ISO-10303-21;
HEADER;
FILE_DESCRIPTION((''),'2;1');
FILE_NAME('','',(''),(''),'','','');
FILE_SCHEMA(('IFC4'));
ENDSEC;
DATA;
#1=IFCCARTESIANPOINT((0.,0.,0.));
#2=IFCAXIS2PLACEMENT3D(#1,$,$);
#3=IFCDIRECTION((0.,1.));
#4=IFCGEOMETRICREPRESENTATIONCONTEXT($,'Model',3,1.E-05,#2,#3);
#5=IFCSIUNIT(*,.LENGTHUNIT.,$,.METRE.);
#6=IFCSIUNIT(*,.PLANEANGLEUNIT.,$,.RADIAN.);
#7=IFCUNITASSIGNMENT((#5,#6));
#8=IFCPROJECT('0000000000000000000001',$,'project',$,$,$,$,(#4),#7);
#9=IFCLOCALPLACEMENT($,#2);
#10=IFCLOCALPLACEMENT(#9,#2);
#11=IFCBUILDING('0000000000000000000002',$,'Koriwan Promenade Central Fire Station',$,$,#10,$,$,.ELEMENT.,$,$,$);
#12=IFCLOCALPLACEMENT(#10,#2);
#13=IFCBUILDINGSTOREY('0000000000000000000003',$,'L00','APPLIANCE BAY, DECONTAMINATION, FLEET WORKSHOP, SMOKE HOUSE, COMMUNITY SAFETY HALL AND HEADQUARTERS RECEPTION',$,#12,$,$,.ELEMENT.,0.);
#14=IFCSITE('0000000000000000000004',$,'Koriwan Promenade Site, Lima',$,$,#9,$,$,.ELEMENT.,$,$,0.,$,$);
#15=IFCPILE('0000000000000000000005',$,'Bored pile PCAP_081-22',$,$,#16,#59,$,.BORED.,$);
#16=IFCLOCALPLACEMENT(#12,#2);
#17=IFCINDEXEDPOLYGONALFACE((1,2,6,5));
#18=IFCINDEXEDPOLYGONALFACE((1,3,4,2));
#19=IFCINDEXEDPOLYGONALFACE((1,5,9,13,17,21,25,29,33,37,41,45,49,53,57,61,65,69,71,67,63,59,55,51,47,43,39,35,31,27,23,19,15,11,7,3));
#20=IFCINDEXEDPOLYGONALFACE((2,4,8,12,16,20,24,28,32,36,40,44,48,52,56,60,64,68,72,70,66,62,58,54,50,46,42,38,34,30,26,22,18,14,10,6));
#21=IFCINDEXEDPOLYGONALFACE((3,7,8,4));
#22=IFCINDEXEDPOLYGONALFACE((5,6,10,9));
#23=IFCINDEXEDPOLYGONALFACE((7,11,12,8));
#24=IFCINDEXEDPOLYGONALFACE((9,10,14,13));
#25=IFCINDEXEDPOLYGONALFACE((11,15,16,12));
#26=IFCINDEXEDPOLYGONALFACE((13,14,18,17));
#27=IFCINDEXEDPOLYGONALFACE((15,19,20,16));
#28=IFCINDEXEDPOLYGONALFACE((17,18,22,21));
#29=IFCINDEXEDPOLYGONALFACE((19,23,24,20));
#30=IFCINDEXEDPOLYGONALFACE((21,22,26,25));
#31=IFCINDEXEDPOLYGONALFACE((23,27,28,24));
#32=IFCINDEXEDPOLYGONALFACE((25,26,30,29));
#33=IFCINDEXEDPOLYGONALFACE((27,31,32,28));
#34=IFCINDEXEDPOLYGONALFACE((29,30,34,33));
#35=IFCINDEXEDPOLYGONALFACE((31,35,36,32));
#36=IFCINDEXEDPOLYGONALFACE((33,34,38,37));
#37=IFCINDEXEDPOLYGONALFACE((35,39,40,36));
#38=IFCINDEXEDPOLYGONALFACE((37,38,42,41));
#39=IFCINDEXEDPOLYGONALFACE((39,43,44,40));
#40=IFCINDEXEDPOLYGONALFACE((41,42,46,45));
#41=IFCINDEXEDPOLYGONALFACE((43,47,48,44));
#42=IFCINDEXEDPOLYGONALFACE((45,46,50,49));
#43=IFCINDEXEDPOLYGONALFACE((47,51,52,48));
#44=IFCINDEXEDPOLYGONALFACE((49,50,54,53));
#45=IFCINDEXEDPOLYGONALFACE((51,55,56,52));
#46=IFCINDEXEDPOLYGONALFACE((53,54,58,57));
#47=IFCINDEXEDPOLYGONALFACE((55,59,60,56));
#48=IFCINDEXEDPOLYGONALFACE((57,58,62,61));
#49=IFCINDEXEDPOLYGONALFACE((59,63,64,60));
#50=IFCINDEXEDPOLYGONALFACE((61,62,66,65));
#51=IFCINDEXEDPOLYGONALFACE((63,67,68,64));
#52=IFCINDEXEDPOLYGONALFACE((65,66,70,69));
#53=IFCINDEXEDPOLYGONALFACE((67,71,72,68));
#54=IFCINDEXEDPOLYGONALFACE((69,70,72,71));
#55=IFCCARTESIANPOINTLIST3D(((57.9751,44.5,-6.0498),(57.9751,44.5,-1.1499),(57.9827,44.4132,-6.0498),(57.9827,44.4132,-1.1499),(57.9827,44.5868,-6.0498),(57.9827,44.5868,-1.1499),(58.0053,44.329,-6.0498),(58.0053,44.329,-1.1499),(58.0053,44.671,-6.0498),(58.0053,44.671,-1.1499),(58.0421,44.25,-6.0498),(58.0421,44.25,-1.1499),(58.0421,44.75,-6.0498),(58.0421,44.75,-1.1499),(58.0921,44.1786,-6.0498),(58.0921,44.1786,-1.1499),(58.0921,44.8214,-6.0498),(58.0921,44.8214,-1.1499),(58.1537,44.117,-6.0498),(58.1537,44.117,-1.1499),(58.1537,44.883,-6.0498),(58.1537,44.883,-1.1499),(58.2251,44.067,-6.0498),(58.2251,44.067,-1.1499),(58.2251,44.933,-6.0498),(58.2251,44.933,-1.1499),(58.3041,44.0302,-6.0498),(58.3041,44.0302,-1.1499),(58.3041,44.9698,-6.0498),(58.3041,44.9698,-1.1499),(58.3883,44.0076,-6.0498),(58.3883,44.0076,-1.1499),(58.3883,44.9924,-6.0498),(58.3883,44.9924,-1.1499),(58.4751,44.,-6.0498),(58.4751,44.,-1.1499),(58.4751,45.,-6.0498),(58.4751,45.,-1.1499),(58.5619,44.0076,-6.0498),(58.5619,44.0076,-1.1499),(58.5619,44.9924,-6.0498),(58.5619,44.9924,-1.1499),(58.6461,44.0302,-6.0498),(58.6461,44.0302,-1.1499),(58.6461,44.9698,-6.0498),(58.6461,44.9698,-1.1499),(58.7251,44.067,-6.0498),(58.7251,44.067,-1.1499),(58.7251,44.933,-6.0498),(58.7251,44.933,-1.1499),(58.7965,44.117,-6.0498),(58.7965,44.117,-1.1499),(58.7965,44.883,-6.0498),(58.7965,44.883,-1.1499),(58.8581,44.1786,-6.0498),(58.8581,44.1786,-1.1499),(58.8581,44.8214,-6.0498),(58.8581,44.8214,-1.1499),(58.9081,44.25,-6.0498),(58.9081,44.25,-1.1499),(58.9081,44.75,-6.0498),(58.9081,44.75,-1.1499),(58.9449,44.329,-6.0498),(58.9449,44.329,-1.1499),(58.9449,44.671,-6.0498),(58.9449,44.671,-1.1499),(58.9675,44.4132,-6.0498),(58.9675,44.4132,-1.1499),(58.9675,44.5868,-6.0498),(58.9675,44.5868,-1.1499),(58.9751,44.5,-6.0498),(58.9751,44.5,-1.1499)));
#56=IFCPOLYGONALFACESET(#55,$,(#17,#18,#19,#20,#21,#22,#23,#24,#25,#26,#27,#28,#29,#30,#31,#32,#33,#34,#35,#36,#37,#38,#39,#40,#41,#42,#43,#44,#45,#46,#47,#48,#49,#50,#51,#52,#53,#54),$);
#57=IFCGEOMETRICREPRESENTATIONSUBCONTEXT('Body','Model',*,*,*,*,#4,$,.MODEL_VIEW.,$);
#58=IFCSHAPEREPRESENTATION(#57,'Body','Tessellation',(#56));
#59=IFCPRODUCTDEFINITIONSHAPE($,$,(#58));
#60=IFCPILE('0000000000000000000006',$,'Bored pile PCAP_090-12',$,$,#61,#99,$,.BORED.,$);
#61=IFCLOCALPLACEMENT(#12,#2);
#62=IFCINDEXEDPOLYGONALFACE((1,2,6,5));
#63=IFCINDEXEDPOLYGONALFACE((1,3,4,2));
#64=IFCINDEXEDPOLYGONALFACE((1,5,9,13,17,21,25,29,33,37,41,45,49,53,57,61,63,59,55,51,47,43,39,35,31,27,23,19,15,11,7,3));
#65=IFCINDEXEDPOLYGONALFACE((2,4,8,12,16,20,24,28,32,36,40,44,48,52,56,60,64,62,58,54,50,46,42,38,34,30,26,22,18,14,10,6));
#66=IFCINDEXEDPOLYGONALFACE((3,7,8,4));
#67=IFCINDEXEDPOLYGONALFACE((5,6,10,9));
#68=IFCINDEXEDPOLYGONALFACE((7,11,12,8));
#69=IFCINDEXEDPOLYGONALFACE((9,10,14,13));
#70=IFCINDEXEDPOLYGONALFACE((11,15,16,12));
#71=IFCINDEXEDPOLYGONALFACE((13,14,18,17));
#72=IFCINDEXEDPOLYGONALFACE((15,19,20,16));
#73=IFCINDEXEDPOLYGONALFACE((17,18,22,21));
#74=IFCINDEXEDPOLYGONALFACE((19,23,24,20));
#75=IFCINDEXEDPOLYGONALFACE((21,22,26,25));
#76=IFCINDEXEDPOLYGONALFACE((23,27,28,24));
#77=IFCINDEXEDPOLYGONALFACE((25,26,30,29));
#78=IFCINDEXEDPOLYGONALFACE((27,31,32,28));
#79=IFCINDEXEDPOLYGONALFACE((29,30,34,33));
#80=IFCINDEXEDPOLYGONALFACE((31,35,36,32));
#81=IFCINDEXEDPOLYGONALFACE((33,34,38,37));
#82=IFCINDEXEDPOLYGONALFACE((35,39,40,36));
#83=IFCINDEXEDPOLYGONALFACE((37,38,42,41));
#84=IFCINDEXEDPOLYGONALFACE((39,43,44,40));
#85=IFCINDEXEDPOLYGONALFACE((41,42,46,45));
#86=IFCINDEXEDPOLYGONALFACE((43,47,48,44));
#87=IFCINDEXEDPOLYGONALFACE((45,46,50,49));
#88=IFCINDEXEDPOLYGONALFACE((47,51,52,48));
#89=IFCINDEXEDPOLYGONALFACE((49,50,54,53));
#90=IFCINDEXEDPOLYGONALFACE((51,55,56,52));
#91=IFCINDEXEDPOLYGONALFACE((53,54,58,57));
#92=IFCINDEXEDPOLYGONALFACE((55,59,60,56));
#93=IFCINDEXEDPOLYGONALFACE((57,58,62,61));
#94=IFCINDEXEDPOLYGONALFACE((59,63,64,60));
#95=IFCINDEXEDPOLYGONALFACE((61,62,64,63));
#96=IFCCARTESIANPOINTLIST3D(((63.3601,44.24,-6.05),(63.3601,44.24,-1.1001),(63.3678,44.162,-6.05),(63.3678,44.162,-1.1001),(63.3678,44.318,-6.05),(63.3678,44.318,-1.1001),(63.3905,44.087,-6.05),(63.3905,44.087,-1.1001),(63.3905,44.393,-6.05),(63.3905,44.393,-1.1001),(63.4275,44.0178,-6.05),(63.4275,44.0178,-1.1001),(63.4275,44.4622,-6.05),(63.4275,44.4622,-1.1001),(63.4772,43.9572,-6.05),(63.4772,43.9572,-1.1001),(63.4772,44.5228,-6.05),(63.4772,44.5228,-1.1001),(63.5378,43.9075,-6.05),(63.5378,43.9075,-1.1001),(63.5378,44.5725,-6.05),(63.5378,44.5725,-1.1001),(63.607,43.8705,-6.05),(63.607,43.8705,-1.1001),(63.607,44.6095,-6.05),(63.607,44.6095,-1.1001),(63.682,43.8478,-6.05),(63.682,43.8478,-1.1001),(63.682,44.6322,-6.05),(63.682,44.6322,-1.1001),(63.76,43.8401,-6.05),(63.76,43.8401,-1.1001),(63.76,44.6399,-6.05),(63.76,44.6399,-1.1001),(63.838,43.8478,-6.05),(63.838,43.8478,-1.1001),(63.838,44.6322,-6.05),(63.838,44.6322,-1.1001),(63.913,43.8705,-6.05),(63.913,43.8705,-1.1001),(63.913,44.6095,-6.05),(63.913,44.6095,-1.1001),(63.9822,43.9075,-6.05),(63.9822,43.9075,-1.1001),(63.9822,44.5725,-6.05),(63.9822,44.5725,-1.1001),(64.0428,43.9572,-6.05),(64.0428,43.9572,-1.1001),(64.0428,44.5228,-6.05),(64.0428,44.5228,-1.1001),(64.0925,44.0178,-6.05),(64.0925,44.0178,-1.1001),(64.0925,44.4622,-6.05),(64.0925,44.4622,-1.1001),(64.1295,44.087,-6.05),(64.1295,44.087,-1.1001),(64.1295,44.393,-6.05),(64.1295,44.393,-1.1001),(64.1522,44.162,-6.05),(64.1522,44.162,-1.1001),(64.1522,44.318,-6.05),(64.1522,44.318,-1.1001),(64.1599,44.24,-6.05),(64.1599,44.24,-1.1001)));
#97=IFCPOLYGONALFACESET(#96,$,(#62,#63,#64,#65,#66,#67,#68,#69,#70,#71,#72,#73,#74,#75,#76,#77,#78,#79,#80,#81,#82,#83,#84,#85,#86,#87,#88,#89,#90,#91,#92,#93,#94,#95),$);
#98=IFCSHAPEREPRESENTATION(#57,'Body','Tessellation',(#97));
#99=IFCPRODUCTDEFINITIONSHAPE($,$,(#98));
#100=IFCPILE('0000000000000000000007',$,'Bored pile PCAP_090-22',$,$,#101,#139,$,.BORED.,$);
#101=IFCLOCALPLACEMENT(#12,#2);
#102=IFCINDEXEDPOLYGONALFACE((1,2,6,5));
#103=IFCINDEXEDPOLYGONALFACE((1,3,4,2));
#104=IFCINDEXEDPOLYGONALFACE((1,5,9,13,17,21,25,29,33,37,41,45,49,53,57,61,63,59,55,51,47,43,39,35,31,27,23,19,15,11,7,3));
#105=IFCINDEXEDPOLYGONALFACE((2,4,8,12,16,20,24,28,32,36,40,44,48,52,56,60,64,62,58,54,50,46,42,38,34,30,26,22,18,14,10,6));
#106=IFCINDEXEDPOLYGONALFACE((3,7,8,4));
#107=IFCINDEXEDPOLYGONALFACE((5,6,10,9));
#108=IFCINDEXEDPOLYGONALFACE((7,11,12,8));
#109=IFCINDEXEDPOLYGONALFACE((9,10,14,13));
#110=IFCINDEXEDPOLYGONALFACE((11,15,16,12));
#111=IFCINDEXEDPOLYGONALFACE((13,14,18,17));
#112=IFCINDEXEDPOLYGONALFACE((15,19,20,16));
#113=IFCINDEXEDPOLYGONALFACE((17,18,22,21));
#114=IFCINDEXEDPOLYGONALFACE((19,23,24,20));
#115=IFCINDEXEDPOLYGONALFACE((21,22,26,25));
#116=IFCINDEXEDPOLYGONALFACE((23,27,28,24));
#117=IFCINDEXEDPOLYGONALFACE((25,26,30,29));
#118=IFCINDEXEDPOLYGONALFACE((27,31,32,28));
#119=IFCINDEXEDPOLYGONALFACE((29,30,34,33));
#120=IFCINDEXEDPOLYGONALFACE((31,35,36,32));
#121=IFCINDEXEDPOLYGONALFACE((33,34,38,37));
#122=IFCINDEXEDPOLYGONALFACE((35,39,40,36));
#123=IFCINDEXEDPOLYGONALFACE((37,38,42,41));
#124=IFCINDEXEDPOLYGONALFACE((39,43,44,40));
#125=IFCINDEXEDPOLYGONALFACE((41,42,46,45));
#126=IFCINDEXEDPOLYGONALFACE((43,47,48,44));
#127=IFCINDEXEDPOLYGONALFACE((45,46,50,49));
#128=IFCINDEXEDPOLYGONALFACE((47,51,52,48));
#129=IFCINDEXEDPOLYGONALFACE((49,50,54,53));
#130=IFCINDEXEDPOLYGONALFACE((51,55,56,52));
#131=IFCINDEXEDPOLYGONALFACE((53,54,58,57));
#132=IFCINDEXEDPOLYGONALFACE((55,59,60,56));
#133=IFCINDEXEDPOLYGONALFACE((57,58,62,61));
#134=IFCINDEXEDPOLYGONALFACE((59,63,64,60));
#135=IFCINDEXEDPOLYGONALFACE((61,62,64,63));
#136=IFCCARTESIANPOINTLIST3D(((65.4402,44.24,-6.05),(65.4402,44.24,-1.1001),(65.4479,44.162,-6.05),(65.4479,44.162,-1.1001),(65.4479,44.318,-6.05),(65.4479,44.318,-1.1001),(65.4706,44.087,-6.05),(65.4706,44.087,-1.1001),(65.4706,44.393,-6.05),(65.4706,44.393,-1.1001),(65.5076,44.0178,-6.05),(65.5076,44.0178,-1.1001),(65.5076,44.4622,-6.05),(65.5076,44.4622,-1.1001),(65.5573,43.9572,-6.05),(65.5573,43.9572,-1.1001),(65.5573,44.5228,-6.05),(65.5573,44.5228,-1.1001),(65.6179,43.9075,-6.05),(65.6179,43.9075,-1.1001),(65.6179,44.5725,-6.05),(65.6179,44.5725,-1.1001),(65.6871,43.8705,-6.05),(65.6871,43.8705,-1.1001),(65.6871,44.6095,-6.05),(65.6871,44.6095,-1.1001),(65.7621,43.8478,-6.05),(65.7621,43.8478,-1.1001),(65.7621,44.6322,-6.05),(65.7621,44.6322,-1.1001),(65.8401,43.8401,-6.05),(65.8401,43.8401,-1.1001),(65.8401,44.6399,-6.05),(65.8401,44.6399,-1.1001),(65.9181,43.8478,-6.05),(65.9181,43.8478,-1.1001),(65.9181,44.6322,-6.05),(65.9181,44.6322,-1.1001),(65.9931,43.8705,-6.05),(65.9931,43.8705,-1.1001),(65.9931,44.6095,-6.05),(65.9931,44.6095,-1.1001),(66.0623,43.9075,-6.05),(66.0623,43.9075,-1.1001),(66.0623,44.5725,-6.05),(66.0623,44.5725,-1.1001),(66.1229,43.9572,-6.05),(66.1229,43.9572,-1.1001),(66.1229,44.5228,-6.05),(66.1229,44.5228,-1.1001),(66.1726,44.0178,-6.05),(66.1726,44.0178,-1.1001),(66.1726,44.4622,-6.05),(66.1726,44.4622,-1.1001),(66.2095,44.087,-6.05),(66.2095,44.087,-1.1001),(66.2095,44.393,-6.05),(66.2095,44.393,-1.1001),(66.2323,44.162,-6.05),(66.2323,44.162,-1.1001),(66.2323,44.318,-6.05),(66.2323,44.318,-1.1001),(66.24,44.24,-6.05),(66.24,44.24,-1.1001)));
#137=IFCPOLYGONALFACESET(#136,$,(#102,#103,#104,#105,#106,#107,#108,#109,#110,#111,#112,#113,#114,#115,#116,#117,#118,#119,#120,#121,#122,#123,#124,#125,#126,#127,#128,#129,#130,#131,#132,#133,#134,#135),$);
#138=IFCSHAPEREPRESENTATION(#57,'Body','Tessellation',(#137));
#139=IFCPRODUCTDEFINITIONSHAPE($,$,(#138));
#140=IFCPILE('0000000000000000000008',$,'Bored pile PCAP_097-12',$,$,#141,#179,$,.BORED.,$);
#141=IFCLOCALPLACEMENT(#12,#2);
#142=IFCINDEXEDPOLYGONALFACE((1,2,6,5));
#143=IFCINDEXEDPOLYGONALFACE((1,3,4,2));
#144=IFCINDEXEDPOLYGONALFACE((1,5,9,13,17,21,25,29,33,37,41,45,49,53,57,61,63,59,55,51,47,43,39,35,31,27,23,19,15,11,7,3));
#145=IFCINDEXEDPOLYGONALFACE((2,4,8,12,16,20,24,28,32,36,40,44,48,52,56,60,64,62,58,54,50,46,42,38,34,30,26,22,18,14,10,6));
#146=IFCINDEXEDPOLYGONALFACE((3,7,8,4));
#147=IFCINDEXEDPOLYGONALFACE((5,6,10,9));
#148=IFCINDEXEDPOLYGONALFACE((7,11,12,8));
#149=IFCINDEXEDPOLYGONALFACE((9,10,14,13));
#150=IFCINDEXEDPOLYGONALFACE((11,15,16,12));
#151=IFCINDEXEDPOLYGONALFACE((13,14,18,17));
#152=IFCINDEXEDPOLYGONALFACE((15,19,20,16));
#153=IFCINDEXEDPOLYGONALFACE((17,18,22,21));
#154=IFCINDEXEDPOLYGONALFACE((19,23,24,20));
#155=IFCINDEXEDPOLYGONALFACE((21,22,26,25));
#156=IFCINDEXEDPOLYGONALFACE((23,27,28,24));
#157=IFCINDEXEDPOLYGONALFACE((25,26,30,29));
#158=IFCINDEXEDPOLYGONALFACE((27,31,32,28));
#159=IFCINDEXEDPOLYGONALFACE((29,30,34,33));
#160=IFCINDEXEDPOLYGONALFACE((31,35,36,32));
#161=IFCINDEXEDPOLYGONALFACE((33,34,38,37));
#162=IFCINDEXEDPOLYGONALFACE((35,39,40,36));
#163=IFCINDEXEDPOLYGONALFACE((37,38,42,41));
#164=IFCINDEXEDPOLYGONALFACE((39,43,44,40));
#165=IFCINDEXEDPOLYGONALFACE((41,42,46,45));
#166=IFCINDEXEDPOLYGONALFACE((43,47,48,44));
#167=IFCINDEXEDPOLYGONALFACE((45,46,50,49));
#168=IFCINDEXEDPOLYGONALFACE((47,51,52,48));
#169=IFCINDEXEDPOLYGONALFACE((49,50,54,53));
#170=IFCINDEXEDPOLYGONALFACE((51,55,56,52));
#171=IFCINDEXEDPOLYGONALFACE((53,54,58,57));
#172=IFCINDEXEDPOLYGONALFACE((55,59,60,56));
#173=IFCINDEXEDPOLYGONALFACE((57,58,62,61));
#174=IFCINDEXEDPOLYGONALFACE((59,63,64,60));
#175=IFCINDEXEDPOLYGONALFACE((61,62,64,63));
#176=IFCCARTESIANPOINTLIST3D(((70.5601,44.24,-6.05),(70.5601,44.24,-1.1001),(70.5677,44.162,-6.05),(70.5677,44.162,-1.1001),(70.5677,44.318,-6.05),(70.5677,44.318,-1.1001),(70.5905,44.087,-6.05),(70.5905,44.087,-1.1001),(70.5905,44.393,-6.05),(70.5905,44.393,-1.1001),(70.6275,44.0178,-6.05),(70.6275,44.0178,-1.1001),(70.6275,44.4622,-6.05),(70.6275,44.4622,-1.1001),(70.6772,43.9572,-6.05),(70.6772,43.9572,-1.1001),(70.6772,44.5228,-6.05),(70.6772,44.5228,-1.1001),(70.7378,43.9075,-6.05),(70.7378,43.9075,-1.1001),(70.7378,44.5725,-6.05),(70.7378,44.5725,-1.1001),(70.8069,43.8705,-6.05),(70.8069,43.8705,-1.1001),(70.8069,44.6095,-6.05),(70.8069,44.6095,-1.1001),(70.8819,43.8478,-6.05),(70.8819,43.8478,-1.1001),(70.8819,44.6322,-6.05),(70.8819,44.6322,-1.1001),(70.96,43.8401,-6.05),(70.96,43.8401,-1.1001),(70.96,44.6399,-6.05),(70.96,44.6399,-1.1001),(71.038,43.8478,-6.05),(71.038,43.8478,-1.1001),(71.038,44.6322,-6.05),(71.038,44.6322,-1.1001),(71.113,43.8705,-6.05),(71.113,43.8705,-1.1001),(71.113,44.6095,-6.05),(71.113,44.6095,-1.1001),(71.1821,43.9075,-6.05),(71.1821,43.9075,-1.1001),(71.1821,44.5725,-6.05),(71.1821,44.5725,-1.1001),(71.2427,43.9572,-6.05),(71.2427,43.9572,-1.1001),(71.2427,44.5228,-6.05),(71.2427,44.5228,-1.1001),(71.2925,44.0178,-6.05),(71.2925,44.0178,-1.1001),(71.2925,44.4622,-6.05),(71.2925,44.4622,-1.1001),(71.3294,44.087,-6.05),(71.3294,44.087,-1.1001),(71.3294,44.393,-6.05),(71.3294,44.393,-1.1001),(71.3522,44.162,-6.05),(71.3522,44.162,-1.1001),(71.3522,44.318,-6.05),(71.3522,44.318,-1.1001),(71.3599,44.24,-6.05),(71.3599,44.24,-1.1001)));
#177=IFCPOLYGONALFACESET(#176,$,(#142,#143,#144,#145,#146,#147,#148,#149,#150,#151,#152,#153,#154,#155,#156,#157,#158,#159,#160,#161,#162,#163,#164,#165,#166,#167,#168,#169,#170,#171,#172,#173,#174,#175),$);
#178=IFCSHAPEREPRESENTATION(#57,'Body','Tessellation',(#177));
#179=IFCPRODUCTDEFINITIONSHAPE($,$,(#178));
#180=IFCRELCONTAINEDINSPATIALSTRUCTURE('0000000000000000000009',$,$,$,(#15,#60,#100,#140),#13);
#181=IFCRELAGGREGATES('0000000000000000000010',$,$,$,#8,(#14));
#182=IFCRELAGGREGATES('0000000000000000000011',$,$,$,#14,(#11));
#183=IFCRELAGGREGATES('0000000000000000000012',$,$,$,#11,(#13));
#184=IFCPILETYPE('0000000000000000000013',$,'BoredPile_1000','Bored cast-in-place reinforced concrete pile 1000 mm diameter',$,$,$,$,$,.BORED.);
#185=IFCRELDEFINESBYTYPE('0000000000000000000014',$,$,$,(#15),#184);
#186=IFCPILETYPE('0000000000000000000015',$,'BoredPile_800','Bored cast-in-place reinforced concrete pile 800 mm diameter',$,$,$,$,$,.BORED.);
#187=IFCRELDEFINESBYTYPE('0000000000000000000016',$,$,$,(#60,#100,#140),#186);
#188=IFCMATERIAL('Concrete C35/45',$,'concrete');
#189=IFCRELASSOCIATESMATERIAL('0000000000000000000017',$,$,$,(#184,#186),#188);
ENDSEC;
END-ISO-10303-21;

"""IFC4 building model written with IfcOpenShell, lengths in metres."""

from ifc_helpers import new_model, si_unit, direction, frame, origin, origin_2d, place, context, subcontext, project, spatial, circle, extrude, material, material_profile, profile_set, type_object, element, save


model = new_model("IFC4")

# Units and contexts
model_context = context("Model", 3, precision=1e-05, world=origin(), true_north=direction((0.0, 1.0)))
body_context = subcontext(model_context, "Body", "Model", "MODEL_VIEW")
ifc_project = project(units=[si_unit("LENGTHUNIT", "METRE"), si_unit("PLANEANGLEUNIT", "RADIAN")], contexts=[model_context])

# Site, building, storey
site_placement = place(None, origin())
site = spatial("IfcSite", under=ifc_project, at=site_placement, Name="Koriwan Promenade Site, Lima", CompositionType="ELEMENT", RefElevation=0.0)
building_placement = place(site_placement, origin())
building = spatial("IfcBuilding", under=site, at=building_placement, Name="Koriwan Promenade Central Fire Station", CompositionType="ELEMENT")
storey_placement = place(building_placement, origin())
storey = spatial("IfcBuildingStorey", under=building, at=storey_placement, Name="L00", Description="APPLIANCE BAY, DECONTAMINATION, FLEET WORKSHOP, SMOKE HOUSE, COMMUNITY SAFETY HALL AND HEADQUARTERS RECEPTION", CompositionType="ELEMENT", Elevation=0.0)

# Piles
ifc_material_1 = material(Name="Concrete C35/45", Category="concrete")
ifc_material_profile_1 = material_profile(ifc_material_1, circle(Radius=0.5, at=origin_2d()), Name="PILE-D1000")
ifc_profile_set_1 = profile_set([ifc_material_profile_1], Name="Concrete C35/45")
pile_type_1 = type_object("IfcPileType", Name="BoredPile_1000", Description="Bored cast-in-place reinforced concrete pile 1000 mm diameter", PredefinedType="BORED", material=ifc_profile_set_1)
pile_placement = place(storey_placement, frame((58.4751, 44.5, -1.1499), z_axis=(0.0, 0.0, -1.0), x_axis=(1.0, 0.0, 0.0)))
element("IfcPile", 1, at=pile_placement, inside=storey, type_object=pile_type_1, Name="Bored pile PCAP_081-22", PredefinedType="BORED", context=body_context, shape_type="SweptSolid", body=[
    extrude(circle(Radius=0.5, at=origin_2d()), origin(), (0.0, 0.0, 1.0), 4.8999),
])
ifc_material_profile_2 = material_profile(ifc_material_1, circle(Radius=0.3999, at=origin_2d()), Name="PILE-D800")
ifc_profile_set_2 = profile_set([ifc_material_profile_2], Name="Concrete C35/45")
pile_type_2 = type_object("IfcPileType", Name="BoredPile_800", Description="Bored cast-in-place reinforced concrete pile 800 mm diameter", PredefinedType="BORED", material=ifc_profile_set_2)
for number, where, z_axis, x_axis, name in (
    (2, (63.76, 44.24, -1.1001), (0.0, 0.0, -1.0), (1.0, 0.0, 0.0), "Bored pile PCAP_090-12"),
    (3, (65.8401, 44.24, -1.1001), (0.0, 0.0, -1.0), (1.0, 0.0, 0.0), "Bored pile PCAP_090-22"),
    (4, (70.96, 44.24, -1.1001), (0.0, 0.0, -1.0), (1.0, 0.0, 0.0), "Bored pile PCAP_097-12"),
):
    element("IfcPile", number, at=place(storey_placement, frame(where, z_axis=z_axis, x_axis=x_axis)), inside=storey, type_object=pile_type_2, Name=name, PredefinedType="BORED", context=body_context, shape_type="SweptSolid", body=[
        extrude(circle(Radius=0.3999, at=origin_2d()), origin(), (0.0, 0.0, 1.0), 4.95),
    ])

save(model, "model.ifc")
